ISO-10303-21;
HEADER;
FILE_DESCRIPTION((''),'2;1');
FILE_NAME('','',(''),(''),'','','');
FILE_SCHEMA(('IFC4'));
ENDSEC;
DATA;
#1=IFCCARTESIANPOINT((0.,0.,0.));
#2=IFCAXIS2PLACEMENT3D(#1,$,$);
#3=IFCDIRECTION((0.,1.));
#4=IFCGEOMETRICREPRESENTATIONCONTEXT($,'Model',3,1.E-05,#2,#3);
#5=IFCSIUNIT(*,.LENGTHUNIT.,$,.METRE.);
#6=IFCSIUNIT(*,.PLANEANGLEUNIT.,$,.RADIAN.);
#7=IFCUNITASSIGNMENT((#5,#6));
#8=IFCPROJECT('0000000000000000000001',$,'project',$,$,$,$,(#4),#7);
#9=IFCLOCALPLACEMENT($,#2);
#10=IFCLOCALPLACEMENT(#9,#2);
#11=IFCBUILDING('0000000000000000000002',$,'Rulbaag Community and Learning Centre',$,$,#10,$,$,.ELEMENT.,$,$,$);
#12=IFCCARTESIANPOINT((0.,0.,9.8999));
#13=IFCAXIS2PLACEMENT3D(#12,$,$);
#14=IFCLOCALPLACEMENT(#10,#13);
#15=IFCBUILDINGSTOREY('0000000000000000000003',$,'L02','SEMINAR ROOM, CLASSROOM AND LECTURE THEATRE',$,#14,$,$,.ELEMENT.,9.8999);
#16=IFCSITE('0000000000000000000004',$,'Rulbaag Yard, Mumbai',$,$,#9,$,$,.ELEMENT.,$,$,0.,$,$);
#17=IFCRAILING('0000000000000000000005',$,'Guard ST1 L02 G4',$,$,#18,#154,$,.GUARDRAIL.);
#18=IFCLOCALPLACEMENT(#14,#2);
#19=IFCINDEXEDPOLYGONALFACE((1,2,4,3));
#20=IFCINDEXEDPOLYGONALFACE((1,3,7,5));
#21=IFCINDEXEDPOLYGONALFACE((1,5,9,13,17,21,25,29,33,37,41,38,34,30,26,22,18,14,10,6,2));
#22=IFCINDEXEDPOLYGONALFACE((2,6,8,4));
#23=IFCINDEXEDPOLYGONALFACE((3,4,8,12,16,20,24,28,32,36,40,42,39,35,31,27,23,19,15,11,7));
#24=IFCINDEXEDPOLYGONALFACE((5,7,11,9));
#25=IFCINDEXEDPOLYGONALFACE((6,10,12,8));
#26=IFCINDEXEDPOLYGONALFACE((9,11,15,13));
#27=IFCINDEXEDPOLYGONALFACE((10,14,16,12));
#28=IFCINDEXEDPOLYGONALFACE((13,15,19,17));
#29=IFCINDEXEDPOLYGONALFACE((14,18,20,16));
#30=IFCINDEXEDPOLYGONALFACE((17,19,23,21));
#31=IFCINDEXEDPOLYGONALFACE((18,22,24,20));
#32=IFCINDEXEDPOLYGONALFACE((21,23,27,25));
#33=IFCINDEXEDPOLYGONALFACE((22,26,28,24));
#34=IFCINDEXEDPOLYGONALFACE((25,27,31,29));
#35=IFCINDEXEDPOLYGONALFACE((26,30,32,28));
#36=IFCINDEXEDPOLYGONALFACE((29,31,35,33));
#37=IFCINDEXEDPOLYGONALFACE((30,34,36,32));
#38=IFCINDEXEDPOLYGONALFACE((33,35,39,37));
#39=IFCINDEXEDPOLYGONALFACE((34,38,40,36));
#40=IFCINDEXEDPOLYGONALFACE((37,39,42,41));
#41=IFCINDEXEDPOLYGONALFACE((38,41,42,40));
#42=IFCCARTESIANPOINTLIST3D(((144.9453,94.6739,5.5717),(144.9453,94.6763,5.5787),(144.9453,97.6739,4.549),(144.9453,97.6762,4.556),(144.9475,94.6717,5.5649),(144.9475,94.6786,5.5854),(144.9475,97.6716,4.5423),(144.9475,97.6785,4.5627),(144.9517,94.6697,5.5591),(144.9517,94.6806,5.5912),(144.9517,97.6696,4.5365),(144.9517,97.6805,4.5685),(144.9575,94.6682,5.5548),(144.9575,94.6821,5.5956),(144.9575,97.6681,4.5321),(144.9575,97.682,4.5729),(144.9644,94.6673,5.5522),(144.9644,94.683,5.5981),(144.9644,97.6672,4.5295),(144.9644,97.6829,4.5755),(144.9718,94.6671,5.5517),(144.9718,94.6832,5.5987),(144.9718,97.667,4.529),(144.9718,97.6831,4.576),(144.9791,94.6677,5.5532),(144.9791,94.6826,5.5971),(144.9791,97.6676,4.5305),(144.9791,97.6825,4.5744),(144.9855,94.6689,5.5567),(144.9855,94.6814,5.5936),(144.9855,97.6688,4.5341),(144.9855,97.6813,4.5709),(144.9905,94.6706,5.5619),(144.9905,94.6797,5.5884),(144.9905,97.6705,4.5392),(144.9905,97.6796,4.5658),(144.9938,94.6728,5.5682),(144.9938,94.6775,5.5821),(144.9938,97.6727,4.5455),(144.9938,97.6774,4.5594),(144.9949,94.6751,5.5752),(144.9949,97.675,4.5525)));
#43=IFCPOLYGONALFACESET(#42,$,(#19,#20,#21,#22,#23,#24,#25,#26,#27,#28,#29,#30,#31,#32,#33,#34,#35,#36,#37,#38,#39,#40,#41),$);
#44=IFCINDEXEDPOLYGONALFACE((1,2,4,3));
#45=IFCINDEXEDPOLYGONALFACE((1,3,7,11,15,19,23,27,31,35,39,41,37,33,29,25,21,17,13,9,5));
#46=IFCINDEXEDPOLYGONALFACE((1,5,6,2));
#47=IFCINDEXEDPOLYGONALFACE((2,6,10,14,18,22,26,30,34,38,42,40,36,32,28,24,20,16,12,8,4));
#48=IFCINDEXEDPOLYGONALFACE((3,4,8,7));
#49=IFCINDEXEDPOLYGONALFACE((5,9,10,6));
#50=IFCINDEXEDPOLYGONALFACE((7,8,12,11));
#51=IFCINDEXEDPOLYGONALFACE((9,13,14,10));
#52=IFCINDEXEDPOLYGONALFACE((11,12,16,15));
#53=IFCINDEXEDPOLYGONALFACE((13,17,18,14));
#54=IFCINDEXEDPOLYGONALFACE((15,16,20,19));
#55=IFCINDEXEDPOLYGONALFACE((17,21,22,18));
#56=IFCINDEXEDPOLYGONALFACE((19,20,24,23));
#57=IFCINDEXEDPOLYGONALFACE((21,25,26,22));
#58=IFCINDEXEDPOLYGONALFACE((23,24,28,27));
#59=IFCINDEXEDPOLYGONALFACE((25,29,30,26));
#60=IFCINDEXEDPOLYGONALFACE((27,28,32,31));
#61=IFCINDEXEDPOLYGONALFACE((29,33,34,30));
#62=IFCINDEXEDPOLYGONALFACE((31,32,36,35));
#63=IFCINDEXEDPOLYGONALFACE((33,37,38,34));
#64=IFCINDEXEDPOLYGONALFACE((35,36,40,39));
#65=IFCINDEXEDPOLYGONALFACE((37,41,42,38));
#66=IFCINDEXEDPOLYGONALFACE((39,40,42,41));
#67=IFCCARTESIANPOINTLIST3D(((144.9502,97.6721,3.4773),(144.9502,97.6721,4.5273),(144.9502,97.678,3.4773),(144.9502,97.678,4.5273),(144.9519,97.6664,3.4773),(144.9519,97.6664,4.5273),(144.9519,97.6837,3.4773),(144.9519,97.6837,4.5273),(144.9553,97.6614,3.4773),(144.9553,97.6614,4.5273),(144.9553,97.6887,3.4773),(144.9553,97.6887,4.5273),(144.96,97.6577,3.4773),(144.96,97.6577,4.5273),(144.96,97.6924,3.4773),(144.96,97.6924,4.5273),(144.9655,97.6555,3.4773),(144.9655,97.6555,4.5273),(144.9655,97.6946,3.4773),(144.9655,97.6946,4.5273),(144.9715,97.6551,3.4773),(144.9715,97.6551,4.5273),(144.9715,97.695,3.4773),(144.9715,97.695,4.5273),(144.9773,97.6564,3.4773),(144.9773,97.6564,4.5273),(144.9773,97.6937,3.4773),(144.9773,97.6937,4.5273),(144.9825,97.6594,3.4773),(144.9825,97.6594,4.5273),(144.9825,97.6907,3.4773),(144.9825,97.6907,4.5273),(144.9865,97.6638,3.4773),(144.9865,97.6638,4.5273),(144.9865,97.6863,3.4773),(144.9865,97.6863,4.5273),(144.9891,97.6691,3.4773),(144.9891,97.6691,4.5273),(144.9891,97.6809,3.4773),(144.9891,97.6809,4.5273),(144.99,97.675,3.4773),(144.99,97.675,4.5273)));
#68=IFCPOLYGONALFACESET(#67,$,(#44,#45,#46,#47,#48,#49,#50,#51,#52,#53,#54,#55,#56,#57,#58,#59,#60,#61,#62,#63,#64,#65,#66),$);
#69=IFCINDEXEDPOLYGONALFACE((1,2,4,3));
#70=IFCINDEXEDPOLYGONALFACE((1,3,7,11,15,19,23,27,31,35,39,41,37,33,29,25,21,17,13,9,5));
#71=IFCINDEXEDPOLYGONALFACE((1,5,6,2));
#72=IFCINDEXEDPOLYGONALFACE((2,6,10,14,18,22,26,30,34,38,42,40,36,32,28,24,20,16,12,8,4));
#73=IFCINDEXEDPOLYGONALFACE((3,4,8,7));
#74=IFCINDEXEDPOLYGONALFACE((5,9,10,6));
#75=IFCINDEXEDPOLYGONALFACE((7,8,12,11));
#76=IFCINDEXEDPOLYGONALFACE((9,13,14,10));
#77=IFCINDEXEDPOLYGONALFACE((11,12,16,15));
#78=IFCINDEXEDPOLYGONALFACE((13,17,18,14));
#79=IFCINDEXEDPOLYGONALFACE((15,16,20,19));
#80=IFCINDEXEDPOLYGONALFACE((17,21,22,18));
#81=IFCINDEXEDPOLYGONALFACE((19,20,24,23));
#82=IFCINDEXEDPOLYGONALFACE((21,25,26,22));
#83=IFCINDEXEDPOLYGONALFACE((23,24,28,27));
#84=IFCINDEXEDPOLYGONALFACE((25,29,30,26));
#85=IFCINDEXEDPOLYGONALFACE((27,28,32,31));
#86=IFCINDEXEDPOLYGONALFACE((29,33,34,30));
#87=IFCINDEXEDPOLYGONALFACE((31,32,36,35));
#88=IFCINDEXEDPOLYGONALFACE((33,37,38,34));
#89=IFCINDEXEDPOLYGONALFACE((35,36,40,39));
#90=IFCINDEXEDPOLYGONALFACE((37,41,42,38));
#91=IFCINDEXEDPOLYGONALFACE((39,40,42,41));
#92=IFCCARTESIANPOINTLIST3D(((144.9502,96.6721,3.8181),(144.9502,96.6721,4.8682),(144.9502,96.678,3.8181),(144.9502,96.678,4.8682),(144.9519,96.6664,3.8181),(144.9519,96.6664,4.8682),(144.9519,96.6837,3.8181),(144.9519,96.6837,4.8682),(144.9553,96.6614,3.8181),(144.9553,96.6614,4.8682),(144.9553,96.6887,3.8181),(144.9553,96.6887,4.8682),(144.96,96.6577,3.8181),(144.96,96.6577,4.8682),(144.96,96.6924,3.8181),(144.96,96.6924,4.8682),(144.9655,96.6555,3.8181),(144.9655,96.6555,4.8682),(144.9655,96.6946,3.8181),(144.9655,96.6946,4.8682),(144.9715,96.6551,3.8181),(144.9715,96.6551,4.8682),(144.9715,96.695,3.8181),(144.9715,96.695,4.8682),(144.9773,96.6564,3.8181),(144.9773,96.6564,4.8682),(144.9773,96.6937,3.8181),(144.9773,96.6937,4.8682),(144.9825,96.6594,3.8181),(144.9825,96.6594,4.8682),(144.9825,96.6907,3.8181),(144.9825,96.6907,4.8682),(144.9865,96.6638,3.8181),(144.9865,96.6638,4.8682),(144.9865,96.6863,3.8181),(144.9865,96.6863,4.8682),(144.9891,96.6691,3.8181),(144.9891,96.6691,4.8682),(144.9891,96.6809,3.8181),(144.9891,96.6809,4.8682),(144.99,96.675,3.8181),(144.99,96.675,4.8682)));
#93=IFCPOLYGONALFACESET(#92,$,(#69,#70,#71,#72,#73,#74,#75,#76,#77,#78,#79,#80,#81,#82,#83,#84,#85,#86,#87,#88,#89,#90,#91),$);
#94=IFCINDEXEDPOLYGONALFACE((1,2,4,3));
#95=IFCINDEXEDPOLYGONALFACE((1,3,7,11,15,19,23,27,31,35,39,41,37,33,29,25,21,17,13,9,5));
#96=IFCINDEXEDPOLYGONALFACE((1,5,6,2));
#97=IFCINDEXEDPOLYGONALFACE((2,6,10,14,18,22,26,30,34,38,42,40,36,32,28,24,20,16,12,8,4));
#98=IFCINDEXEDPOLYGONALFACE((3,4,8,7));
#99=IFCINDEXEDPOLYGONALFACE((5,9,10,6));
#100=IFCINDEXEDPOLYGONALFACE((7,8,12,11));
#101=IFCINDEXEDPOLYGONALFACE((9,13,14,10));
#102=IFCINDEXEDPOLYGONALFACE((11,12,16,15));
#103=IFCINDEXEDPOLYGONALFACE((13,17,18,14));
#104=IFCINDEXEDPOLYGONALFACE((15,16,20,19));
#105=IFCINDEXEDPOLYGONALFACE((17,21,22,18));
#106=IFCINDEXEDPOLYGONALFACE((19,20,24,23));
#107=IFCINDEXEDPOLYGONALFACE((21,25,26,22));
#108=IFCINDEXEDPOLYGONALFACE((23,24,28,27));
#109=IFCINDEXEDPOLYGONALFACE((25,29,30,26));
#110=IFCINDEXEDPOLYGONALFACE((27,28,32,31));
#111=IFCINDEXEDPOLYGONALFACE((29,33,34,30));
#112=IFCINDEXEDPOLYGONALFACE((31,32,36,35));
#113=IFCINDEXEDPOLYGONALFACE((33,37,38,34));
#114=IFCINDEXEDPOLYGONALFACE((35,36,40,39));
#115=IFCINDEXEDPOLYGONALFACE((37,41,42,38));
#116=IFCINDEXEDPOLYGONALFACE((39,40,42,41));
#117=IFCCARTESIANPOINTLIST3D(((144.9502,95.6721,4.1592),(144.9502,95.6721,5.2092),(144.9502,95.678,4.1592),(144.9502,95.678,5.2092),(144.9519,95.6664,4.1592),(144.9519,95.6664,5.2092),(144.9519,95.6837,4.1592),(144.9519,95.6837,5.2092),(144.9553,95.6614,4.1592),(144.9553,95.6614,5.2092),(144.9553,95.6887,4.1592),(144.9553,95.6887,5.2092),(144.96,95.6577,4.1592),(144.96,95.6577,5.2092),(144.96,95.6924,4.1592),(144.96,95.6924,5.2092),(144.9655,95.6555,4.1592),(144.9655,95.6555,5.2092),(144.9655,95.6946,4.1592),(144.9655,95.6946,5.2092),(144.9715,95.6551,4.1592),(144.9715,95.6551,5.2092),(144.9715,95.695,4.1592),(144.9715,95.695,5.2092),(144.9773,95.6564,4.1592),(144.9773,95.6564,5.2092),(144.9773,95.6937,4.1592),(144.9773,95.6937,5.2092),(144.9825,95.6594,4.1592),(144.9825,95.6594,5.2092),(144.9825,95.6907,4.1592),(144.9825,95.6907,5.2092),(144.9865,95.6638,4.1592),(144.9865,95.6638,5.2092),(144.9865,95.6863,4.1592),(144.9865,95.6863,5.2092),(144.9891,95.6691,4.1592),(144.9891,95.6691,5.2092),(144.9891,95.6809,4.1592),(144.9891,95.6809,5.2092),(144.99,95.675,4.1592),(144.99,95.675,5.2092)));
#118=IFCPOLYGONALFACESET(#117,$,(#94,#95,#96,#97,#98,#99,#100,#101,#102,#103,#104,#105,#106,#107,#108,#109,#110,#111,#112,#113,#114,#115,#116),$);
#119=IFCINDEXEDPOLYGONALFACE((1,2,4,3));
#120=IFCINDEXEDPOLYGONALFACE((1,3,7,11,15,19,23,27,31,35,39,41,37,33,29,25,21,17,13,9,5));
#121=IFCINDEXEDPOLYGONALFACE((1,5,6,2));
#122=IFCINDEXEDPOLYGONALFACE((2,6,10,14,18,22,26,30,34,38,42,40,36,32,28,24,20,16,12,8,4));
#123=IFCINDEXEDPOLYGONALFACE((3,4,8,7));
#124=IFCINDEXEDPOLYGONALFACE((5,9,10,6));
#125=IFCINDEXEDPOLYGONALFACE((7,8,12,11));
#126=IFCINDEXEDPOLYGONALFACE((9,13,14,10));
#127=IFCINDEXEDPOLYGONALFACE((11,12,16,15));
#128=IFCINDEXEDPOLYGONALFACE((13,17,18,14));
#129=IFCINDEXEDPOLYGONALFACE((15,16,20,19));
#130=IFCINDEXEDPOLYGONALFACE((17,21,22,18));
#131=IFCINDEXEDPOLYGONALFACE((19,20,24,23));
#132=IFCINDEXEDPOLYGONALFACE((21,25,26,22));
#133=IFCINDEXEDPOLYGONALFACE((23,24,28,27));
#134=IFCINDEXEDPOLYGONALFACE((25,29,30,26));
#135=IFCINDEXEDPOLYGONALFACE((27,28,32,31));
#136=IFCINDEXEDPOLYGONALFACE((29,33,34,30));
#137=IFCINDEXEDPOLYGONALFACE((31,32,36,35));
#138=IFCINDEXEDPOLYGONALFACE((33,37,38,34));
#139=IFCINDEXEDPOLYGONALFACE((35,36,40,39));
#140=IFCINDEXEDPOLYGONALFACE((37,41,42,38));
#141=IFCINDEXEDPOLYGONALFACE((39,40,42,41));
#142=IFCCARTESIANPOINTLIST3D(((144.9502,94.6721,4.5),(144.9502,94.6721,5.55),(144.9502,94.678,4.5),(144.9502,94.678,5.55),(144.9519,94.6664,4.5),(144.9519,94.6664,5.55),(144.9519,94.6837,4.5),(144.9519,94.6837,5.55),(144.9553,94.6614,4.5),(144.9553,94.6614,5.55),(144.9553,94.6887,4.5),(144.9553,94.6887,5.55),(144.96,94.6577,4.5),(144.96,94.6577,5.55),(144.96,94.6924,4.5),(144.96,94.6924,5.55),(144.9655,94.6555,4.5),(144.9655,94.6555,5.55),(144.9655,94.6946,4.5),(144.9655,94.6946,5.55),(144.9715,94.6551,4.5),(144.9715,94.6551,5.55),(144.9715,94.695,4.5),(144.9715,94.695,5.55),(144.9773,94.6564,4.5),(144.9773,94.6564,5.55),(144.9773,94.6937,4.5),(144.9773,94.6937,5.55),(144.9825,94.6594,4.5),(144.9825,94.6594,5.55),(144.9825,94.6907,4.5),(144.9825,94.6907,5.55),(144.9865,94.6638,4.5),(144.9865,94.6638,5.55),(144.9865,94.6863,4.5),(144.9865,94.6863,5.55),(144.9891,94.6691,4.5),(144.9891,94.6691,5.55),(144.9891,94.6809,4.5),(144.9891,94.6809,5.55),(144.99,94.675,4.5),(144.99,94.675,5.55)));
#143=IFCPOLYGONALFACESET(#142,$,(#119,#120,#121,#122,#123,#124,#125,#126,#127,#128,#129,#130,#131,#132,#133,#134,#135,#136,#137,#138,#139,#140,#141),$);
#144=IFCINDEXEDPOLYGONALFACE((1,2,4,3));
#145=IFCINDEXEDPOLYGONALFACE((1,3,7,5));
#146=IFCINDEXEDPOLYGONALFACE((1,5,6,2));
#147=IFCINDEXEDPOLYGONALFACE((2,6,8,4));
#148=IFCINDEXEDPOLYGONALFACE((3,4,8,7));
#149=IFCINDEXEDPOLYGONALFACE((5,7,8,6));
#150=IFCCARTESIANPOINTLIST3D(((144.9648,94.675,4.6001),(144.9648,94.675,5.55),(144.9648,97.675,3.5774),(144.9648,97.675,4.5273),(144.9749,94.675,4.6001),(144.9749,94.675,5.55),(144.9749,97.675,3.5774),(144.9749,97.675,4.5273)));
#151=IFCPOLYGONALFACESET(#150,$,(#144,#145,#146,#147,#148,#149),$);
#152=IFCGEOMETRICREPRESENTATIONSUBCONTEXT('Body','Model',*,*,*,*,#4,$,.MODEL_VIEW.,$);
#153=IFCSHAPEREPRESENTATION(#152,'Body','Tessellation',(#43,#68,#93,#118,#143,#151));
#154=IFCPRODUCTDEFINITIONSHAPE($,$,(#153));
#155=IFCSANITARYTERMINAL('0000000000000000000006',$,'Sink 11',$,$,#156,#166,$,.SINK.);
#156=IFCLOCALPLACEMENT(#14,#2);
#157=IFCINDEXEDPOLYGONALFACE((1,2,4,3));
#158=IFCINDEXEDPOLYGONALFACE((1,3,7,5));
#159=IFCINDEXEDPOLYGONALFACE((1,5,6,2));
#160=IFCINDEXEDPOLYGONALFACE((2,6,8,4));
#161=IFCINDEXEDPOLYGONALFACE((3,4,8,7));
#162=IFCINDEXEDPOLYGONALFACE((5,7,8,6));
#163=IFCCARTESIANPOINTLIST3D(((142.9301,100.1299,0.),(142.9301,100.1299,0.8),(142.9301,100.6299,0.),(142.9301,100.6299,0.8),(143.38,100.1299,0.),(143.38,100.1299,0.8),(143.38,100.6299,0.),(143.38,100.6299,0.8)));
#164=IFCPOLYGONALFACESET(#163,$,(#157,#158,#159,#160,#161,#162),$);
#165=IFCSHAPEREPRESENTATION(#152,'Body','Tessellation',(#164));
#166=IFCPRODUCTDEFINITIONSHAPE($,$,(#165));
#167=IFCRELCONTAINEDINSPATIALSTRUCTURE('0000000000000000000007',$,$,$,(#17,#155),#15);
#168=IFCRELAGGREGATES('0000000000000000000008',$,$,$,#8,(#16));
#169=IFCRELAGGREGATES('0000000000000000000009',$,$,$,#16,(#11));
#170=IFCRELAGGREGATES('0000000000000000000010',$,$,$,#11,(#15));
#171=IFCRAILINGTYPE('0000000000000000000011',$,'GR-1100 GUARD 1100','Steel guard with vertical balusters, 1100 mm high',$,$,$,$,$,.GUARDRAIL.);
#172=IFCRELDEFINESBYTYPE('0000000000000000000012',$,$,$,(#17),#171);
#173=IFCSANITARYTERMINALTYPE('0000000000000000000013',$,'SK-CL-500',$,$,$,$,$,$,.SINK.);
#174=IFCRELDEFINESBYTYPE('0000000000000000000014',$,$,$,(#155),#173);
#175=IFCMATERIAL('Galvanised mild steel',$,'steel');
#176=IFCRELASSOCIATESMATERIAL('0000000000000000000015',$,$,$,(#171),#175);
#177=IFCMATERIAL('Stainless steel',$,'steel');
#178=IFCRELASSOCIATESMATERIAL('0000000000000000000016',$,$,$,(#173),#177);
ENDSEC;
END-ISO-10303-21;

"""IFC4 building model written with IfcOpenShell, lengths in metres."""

from ifc_helpers import new_model, si_unit, direction, frame, origin, origin_2d, place, context, subcontext, project, spatial, polyline, rectangle, circle, outline, extrude, material, type_object, element, save


model = new_model("IFC4")

# Units and contexts
model_context = context("Model", 3, precision=1e-05, world=origin(), true_north=direction((0.0, 1.0)))
body_context = subcontext(model_context, "Body", "Model", "MODEL_VIEW")
ifc_project = project(units=[si_unit("LENGTHUNIT", "METRE"), si_unit("PLANEANGLEUNIT", "RADIAN")], contexts=[model_context])

# Site, building, storey
site_placement = place(None, origin())
site = spatial("IfcSite", under=ifc_project, at=site_placement, Name="Rulbaag Yard, Mumbai", CompositionType="ELEMENT", RefElevation=0.0)
building_placement = place(site_placement, origin())
building = spatial("IfcBuilding", under=site, at=building_placement, Name="Rulbaag Community and Learning Centre", CompositionType="ELEMENT")
storey_placement = place(building_placement, frame((0.0, 0.0, 9.8999)))
storey = spatial("IfcBuildingStorey", under=building, at=storey_placement, Name="L02", Description="SEMINAR ROOM, CLASSROOM AND LECTURE THEATRE", CompositionType="ELEMENT", Elevation=9.8999)

# Railing
ifc_material_1 = material(Name="Galvanised mild steel", Category="steel")
railing_type_1 = type_object("IfcRailingType", Name="GR-1100 GUARD 1100", Description="Steel guard with vertical balusters, 1100 mm high", PredefinedType="GUARDRAIL", material=ifc_material_1)
railing_1_placement = place(storey_placement, frame((144.97, 97.675, 3.4773)))
element("IfcRailing", 1, at=railing_1_placement, inside=storey, type_object=railing_type_1, Name="Guard ST1 L02 G4", PredefinedType="GUARDRAIL", context=body_context, shape_type="SweptSolid", body=[
    extrude(circle(Radius=0.0249, at=origin_2d()), frame((0.0, 0.0, 1.0752), z_axis=(0.0, -0.946512, 0.322668), x_axis=(1.0, 0.0, 0.0)), (0.0, 0.0, 1.0), 3.1694),
    extrude(circle(Radius=0.02, at=origin_2d()), origin(), (0.0, 0.0, 1.0), 1.05),
    extrude(circle(Radius=0.02, at=origin_2d()), frame((0.0, -1.0, 0.3408)), (0.0, 0.0, 1.0), 1.05),
    extrude(circle(Radius=0.02, at=origin_2d()), frame((0.0, -2.0, 0.6819)), (0.0, 0.0, 1.0), 1.05),
    extrude(circle(Radius=0.02, at=origin_2d()), frame((0.0, -3.0, 1.0227)), (0.0, 0.0, 1.0), 1.05),
    extrude(outline(polyline([(0.0, 0.0), (3.0, 1.0227), (3.0, 1.9727), (0.0, 0.95), (0.0, 0.0)])), frame((0.0049, 0.0, 0.1001), z_axis=(-1.0, 0.0, 0.0), x_axis=(0.0, -1.0, 0.0)), (0.0, 0.0, 1.0), 0.01),
])

# Sanitary terminal
ifc_material_2 = material(Name="Stainless steel", Category="steel")
sanitary_terminal_type = type_object("IfcSanitaryTerminalType", Name="SK-CL-500", PredefinedType="SINK", material=ifc_material_2)
sanitary_terminal_placement = place(storey_placement, frame((143.155, 100.3799, 0.0), z_axis=(0.0, 0.0, 1.0), x_axis=(1.0, 0.0, 0.0)))
element("IfcSanitaryTerminal", 2, at=sanitary_terminal_placement, inside=storey, type_object=sanitary_terminal_type, Name="Sink 11", PredefinedType="SINK", context=body_context, shape_type="SweptSolid", body=[
    extrude(rectangle(XDim=0.45, YDim=0.5, at=origin_2d()), origin(), (0.0, 0.0, 1.0), 0.8),
])

save(model, "model.ifc")
